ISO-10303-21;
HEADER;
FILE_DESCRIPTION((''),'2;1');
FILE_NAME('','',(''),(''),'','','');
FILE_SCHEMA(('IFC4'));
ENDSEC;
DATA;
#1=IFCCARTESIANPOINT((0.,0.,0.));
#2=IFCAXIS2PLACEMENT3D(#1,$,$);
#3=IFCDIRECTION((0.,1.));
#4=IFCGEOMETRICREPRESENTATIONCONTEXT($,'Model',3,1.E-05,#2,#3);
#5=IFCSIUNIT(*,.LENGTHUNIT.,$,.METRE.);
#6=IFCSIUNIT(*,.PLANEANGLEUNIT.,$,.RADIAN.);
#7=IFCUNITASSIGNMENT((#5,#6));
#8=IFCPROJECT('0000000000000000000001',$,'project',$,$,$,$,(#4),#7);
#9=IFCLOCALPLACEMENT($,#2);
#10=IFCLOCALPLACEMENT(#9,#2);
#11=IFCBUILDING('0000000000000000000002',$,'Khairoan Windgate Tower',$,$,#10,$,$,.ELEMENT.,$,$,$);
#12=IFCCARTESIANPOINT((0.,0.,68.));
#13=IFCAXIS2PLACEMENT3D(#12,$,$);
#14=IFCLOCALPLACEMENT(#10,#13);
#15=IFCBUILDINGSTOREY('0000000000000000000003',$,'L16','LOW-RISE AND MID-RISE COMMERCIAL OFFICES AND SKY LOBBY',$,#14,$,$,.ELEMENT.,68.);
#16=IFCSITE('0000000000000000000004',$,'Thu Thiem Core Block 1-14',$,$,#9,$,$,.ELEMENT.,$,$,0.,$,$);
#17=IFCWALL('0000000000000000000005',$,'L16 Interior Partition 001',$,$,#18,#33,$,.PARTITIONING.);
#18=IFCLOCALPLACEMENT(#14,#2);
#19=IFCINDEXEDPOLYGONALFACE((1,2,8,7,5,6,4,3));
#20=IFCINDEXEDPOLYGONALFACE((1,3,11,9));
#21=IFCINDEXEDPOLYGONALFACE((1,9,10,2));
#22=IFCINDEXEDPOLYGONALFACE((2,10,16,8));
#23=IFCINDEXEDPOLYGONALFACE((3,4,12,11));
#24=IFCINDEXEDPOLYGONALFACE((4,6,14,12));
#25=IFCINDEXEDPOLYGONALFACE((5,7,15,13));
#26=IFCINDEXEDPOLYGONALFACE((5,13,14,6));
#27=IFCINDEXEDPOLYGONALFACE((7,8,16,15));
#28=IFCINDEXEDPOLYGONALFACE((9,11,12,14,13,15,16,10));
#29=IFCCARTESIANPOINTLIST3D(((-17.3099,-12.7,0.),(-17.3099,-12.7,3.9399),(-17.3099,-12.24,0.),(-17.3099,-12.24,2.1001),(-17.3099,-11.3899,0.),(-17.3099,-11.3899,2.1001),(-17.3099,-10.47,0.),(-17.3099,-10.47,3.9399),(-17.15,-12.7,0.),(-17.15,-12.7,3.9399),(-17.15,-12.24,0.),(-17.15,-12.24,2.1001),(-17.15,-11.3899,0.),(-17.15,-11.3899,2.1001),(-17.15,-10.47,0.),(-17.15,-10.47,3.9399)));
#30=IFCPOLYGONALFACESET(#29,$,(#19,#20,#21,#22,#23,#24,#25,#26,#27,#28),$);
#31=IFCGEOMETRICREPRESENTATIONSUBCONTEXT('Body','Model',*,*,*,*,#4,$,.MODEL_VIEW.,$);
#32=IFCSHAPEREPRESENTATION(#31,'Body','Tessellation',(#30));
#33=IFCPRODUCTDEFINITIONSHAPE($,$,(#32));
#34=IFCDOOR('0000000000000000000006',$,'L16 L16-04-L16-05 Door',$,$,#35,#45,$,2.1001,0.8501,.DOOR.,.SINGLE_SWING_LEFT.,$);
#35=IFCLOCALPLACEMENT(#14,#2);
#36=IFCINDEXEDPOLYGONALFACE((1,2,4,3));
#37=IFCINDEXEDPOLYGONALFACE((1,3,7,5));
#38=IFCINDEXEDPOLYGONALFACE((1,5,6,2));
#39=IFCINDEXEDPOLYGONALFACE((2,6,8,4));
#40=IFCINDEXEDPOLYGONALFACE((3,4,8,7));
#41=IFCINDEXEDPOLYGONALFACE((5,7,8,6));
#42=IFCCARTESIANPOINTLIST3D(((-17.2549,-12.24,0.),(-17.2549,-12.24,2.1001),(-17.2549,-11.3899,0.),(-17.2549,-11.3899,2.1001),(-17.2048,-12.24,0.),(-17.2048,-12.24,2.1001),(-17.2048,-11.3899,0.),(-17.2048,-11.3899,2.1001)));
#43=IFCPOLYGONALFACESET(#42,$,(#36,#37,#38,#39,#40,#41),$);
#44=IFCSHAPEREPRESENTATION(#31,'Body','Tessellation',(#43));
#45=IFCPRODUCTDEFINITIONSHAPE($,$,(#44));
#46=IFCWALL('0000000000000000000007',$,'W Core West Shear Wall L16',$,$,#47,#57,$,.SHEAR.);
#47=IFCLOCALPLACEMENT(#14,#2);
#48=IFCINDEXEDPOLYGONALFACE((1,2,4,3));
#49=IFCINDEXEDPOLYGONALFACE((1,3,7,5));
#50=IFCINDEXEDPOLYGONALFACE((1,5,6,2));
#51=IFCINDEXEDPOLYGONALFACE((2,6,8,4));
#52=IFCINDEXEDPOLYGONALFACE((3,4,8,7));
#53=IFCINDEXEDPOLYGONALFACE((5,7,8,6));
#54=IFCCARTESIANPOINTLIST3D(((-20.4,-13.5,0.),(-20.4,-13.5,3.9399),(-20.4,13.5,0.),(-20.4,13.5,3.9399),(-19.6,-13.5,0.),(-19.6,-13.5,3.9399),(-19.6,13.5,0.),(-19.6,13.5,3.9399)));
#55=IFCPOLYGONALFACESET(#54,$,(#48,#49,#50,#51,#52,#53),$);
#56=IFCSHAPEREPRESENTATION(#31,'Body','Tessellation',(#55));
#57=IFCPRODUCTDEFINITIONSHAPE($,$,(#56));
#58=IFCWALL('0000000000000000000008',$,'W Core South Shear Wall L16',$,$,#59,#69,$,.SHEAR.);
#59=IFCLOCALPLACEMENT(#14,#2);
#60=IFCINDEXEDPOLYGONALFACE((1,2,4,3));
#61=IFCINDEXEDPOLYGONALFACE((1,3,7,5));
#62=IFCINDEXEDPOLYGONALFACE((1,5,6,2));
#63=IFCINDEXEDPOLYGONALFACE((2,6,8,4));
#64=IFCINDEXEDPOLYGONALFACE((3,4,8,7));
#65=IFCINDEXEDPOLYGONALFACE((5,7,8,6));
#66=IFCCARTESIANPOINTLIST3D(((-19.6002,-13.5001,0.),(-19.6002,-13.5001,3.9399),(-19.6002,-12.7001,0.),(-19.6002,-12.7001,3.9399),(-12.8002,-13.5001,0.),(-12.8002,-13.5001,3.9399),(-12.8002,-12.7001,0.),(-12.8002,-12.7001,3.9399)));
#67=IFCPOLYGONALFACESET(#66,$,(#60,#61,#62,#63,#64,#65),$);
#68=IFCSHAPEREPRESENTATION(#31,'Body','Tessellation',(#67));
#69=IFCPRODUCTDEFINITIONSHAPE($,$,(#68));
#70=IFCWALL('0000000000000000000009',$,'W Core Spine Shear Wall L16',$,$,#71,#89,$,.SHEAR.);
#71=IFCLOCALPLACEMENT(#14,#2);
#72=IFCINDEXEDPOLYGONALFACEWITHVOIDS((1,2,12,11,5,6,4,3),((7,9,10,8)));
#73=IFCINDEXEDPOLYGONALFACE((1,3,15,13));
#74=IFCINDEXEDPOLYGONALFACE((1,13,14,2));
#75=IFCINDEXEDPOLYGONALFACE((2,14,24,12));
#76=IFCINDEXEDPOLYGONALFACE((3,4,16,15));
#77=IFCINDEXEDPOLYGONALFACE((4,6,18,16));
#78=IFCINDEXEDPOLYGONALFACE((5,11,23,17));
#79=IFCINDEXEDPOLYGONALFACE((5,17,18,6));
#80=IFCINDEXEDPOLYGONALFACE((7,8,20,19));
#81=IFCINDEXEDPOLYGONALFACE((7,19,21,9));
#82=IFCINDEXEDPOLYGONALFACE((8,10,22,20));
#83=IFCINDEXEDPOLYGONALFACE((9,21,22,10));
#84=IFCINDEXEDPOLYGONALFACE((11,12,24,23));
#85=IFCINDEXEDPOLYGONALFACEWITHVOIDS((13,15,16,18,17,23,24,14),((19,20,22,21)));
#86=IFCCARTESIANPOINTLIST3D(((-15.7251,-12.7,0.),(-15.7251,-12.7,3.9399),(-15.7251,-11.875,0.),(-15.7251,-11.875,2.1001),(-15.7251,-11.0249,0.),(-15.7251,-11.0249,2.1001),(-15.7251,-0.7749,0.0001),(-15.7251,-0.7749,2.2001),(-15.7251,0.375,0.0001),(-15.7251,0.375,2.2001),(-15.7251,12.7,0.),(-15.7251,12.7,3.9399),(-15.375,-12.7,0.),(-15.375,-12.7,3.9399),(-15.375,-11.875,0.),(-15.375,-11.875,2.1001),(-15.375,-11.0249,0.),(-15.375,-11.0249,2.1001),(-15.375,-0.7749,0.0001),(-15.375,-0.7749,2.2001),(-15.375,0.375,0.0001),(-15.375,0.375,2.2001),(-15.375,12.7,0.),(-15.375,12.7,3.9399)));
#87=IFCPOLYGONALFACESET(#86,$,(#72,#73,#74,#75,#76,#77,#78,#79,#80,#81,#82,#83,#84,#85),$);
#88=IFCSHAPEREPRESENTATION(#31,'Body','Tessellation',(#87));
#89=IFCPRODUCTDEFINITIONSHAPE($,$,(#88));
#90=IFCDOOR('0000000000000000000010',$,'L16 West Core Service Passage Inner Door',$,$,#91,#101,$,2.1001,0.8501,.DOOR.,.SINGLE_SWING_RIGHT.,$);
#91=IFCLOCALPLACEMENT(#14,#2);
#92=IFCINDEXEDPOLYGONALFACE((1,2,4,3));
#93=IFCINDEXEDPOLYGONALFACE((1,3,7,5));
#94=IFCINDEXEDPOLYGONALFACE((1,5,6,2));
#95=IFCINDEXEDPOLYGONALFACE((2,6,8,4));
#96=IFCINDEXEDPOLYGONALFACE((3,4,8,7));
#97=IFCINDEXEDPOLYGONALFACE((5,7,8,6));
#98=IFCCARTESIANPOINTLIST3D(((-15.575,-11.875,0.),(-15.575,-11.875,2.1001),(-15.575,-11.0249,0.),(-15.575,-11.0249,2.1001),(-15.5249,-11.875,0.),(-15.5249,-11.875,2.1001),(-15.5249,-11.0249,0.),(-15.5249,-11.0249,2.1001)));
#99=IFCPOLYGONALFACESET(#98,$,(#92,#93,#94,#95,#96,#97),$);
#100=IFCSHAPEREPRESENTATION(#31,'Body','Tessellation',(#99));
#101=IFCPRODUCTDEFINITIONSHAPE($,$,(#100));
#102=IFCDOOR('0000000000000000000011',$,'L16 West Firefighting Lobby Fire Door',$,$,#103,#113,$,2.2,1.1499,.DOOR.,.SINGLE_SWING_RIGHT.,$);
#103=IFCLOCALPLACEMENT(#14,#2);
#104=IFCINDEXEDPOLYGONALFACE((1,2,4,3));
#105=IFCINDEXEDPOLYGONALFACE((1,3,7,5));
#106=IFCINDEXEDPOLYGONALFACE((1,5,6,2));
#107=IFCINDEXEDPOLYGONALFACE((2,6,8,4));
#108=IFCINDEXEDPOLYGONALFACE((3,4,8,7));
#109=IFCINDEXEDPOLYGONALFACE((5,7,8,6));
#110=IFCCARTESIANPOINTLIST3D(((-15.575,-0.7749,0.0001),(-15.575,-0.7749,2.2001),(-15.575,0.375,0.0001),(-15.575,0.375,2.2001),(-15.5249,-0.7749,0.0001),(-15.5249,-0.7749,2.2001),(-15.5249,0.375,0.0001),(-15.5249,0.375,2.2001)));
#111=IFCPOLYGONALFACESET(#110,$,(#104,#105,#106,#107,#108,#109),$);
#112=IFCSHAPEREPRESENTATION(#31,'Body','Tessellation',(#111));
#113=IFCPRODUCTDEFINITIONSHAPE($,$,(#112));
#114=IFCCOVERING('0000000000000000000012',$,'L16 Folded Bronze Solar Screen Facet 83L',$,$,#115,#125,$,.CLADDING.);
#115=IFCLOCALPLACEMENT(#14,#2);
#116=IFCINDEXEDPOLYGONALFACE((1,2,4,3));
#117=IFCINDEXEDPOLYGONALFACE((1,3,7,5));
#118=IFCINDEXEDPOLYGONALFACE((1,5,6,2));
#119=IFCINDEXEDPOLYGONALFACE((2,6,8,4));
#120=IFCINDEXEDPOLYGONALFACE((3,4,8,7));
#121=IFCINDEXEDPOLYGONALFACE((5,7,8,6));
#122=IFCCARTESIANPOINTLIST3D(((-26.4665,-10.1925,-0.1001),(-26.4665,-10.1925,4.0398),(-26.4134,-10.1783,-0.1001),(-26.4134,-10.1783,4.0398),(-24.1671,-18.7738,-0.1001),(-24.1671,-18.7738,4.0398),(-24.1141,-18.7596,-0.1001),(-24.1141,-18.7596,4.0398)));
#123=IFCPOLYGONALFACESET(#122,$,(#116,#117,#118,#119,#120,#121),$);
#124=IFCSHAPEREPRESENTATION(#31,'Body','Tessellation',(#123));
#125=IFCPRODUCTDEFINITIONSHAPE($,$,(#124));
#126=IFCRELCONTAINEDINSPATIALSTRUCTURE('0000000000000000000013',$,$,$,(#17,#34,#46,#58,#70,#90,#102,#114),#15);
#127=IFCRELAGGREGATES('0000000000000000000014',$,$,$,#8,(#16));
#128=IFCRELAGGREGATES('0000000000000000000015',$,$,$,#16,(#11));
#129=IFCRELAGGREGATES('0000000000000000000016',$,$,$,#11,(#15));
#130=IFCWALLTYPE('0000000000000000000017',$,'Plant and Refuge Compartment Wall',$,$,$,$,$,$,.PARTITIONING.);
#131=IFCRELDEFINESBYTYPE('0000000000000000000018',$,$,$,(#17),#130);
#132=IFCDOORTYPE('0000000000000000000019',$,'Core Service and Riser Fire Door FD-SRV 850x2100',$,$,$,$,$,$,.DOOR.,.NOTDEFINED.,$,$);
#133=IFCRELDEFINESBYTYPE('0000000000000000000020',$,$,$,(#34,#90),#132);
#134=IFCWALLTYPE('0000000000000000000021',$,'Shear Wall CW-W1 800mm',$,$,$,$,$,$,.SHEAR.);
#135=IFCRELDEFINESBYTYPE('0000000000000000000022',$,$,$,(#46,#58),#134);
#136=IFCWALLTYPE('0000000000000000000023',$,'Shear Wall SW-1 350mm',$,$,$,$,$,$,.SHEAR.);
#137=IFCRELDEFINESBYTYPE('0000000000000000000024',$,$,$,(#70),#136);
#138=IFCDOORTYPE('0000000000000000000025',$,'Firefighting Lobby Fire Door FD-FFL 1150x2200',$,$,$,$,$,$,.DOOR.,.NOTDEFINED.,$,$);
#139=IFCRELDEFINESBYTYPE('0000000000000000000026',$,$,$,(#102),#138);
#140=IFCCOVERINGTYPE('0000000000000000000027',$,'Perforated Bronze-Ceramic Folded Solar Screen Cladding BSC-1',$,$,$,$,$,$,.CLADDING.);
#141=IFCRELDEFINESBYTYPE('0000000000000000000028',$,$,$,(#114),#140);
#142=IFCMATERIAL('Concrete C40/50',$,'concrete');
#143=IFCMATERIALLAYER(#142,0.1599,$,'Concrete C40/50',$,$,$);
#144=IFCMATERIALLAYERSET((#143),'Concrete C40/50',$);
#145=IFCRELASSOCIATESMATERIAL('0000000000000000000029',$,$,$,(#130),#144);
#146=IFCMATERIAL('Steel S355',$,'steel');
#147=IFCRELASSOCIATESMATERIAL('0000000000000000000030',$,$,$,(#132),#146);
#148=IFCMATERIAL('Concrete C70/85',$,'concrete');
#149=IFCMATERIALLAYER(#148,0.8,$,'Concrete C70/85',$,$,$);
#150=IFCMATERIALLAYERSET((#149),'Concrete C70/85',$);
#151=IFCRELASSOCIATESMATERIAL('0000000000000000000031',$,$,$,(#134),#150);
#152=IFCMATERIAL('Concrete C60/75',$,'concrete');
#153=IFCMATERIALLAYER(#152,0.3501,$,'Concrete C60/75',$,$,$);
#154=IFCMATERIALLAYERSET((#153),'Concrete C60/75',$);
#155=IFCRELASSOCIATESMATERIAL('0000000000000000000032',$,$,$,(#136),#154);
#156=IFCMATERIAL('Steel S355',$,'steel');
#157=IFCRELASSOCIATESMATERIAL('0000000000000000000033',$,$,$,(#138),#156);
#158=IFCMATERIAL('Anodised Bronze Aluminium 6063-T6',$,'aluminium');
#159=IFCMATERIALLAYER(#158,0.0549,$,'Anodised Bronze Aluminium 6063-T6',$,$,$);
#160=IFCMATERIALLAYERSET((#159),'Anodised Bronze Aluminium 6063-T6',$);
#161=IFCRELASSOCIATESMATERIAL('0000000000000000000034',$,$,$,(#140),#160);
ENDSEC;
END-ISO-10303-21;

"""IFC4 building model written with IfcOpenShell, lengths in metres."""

from ifc_helpers import new_model, si_unit, direction, frame, frame_2d, origin, origin_2d, place, context, subcontext, project, spatial, rectangle, extrude, material, layer, layer_set, type_object, element, fill, save


model = new_model("IFC4")

# Units and contexts
model_context = context("Model", 3, precision=1e-05, world=origin(), true_north=direction((0.0, 1.0)))
body_context = subcontext(model_context, "Body", "Model", "MODEL_VIEW")
ifc_project = project(units=[si_unit("LENGTHUNIT", "METRE"), si_unit("PLANEANGLEUNIT", "RADIAN")], contexts=[model_context])

# Site, building, storey
site_placement = place(None, origin())
site = spatial("IfcSite", under=ifc_project, at=site_placement, Name="Thu Thiem Core Block 1-14", CompositionType="ELEMENT", RefElevation=0.0)
building_placement = place(site_placement, origin())
building = spatial("IfcBuilding", under=site, at=building_placement, Name="Khairoan Windgate Tower", CompositionType="ELEMENT")
storey_placement = place(building_placement, frame((0.0, 0.0, 68.0)))
storey = spatial("IfcBuildingStorey", under=building, at=storey_placement, Name="L16", Description="LOW-RISE AND MID-RISE COMMERCIAL OFFICES AND SKY LOBBY", CompositionType="ELEMENT", Elevation=68.0)

# Wall, opening, door
ifc_material_1 = material(Name="Concrete C40/50", Category="concrete")
ifc_layer_1 = layer(ifc_material_1, 0.1599, Name="Concrete C40/50")
ifc_layer_set_1 = layer_set([ifc_layer_1], Name="Concrete C40/50")
wall_type_1 = type_object("IfcWallType", Name="Plant and Refuge Compartment Wall", PredefinedType="PARTITIONING", material=ifc_layer_set_1)
wall_1_placement = place(storey_placement, frame((-17.23, -12.7, 0.0), z_axis=(0.0, 0.0, 1.0), x_axis=(0.0, 1.0, 0.0)))
wall_1 = element("IfcWall", 1, at=wall_1_placement, inside=storey, type_object=wall_type_1, Name="L16 Interior Partition 001", PredefinedType="PARTITIONING", context=body_context, shape_type="SweptSolid", body=[
    extrude(rectangle(XDim=2.23, YDim=0.1599, at=frame_2d((1.115, 0.0))), origin(), (0.0, 0.0, 1.0), 3.9399),
])
opening_1_placement = place(wall_1_placement, frame((0.46, 0.0, 0.0)))
opening_1 = element("IfcOpeningElement", 2, at=opening_1_placement, cuts=wall_1, PredefinedType="OPENING", context=body_context, shape_type="SweptSolid", body=[
    extrude(rectangle(XDim=0.8501, YDim=2.1001, at=frame_2d((0.425, 1.05))), frame((0.0, 0.0898, 0.0), z_axis=(0.0, -1.0, 0.0), x_axis=(1.0, 0.0, 0.0)), (0.0, 0.0, 1.0), 0.1799),
])
ifc_material_2 = material(Name="Steel S355", Category="steel")
door_type_1 = type_object("IfcDoorType", Name="Core Service and Riser Fire Door FD-SRV 850x2100", OperationType="NOTDEFINED", PredefinedType="DOOR", material=ifc_material_2)
door_1_placement = place(opening_1_placement, origin())
door_1 = element("IfcDoor", 3, at=door_1_placement, inside=storey, type_object=door_type_1, Name="L16 L16-04-L16-05 Door", OperationType="SINGLE_SWING_LEFT", OverallHeight=2.1001, OverallWidth=0.8501, PredefinedType="DOOR", context=body_context, shape_type="SweptSolid", body=[
    extrude(rectangle(XDim=0.8501, YDim=2.1001, at=frame_2d((0.425, 1.05))), frame((0.0, 0.0249, 0.0), z_axis=(0.0, -1.0, 0.0), x_axis=(1.0, 0.0, 0.0)), (0.0, 0.0, 1.0), 0.05),
])
fill(opening_1, door_1)

# Walls
ifc_material_3 = material(Name="Concrete C70/85", Category="concrete")
ifc_layer_2 = layer(ifc_material_3, 0.8, Name="Concrete C70/85")
ifc_layer_set_2 = layer_set([ifc_layer_2], Name="Concrete C70/85")
wall_type_2 = type_object("IfcWallType", Name="Shear Wall CW-W1 800mm", PredefinedType="SHEAR", material=ifc_layer_set_2)
wall_2_placement = place(storey_placement, frame((-20.0, -13.5, 0.0), z_axis=(0.0, 0.0, 1.0), x_axis=(0.0, 1.0, 0.0)))
element("IfcWall", 4, at=wall_2_placement, inside=storey, type_object=wall_type_2, Name="W Core West Shear Wall L16", PredefinedType="SHEAR", context=body_context, shape_type="SweptSolid", body=[
    extrude(rectangle(XDim=27.0, YDim=0.8, at=frame_2d((13.5, 0.0))), origin(), (0.0, 0.0, 1.0), 3.9399),
])
wall_3_placement = place(storey_placement, frame((-19.6001, -13.1001, 0.0), z_axis=(0.0, 0.0, 1.0), x_axis=(1.0, 0.0, 0.0)))
element("IfcWall", 5, at=wall_3_placement, inside=storey, type_object=wall_type_2, Name="W Core South Shear Wall L16", PredefinedType="SHEAR", context=body_context, shape_type="SweptSolid", body=[
    extrude(rectangle(XDim=6.8, YDim=0.8, at=frame_2d((3.3999, 0.0))), origin(), (0.0, 0.0, 1.0), 3.9399),
])

# Wall, openings, doors
ifc_material_4 = material(Name="Concrete C60/75", Category="concrete")
ifc_layer_3 = layer(ifc_material_4, 0.3501, Name="Concrete C60/75")
ifc_layer_set_3 = layer_set([ifc_layer_3], Name="Concrete C60/75")
wall_type_3 = type_object("IfcWallType", Name="Shear Wall SW-1 350mm", PredefinedType="SHEAR", material=ifc_layer_set_3)
wall_4_placement = place(storey_placement, frame((-15.55, -12.7, 0.0), z_axis=(0.0, 0.0, 1.0), x_axis=(0.0, 1.0, 0.0)))
wall_4 = element("IfcWall", 6, at=wall_4_placement, inside=storey, type_object=wall_type_3, Name="W Core Spine Shear Wall L16", PredefinedType="SHEAR", context=body_context, shape_type="SweptSolid", body=[
    extrude(rectangle(XDim=25.3999, YDim=0.3501, at=frame_2d((12.7, 0.0))), origin(), (0.0, 0.0, 1.0), 3.9399),
])
opening_2_placement = place(wall_4_placement, frame((11.925, 0.0, 0.0)))
opening_2 = element("IfcOpeningElement", 7, at=opening_2_placement, cuts=wall_4, PredefinedType="OPENING", context=body_context, shape_type="SweptSolid", body=[
    extrude(rectangle(XDim=1.1499, YDim=2.2, at=frame_2d((0.575, 1.1001))), frame((0.0, 0.1851, 0.0), z_axis=(0.0, -1.0, 0.0), x_axis=(1.0, 0.0, 0.0)), (0.0, 0.0, 1.0), 0.3701),
])
opening_3_placement = place(wall_4_placement, frame((0.825, 0.0, 0.0)))
opening_3 = element("IfcOpeningElement", 8, at=opening_3_placement, cuts=wall_4, PredefinedType="OPENING", context=body_context, shape_type="SweptSolid", body=[
    extrude(rectangle(XDim=0.8501, YDim=2.1001, at=frame_2d((0.425, 1.05))), frame((0.0, 0.1851, 0.0), z_axis=(0.0, -1.0, 0.0), x_axis=(1.0, 0.0, 0.0)), (0.0, 0.0, 1.0), 0.3701),
])
door_2_placement = place(opening_3_placement, origin())
door_2 = element("IfcDoor", 9, at=door_2_placement, inside=storey, type_object=door_type_1, Name="L16 West Core Service Passage Inner Door", OperationType="SINGLE_SWING_RIGHT", OverallHeight=2.1001, OverallWidth=0.8501, PredefinedType="DOOR", context=body_context, shape_type="SweptSolid", body=[
    extrude(rectangle(XDim=0.8501, YDim=2.1001, at=frame_2d((0.425, 1.05))), frame((0.0, 0.0249, 0.0), z_axis=(0.0, -1.0, 0.0), x_axis=(1.0, 0.0, 0.0)), (0.0, 0.0, 1.0), 0.05),
])
fill(opening_3, door_2)
ifc_material_5 = material(Name="Steel S355", Category="steel")
door_type_2 = type_object("IfcDoorType", Name="Firefighting Lobby Fire Door FD-FFL 1150x2200", OperationType="NOTDEFINED", PredefinedType="DOOR", material=ifc_material_5)
door_3_placement = place(opening_2_placement, origin())
door_3 = element("IfcDoor", 10, at=door_3_placement, inside=storey, type_object=door_type_2, Name="L16 West Firefighting Lobby Fire Door", OperationType="SINGLE_SWING_RIGHT", OverallHeight=2.2, OverallWidth=1.1499, PredefinedType="DOOR", context=body_context, shape_type="SweptSolid", body=[
    extrude(rectangle(XDim=1.1499, YDim=2.2, at=frame_2d((0.575, 1.1001))), frame((0.0, 0.0249, 0.0), z_axis=(0.0, -1.0, 0.0), x_axis=(1.0, 0.0, 0.0)), (0.0, 0.0, 1.0), 0.05),
])
fill(opening_2, door_3)

# Covering
ifc_material_6 = material(Name="Anodised Bronze Aluminium 6063-T6", Category="aluminium")
ifc_layer_4 = layer(ifc_material_6, 0.0549, Name="Anodised Bronze Aluminium 6063-T6")
ifc_layer_set_4 = layer_set([ifc_layer_4], Name="Anodised Bronze Aluminium 6063-T6")
covering_type = type_object("IfcCoveringType", Name="Perforated Bronze-Ceramic Folded Solar Screen Cladding BSC-1", PredefinedType="CLADDING", material=ifc_layer_set_4)
covering_placement = place(storey_placement, frame((-25.2903, -14.4761, -0.1001), z_axis=(0.0, 0.0, 1.0), x_axis=(-0.258819, 0.965926, 0.0)))
element("IfcCovering", 11, at=covering_placement, inside=storey, type_object=covering_type, Name="L16 Folded Bronze Solar Screen Facet 83L", PredefinedType="CLADDING", context=body_context, shape_type="SweptSolid", body=[
    extrude(rectangle(XDim=8.884, YDim=0.0549, at=origin_2d()), origin(), (0.0, 0.0, 1.0), 4.1399),
])

save(model, "model.ifc")
